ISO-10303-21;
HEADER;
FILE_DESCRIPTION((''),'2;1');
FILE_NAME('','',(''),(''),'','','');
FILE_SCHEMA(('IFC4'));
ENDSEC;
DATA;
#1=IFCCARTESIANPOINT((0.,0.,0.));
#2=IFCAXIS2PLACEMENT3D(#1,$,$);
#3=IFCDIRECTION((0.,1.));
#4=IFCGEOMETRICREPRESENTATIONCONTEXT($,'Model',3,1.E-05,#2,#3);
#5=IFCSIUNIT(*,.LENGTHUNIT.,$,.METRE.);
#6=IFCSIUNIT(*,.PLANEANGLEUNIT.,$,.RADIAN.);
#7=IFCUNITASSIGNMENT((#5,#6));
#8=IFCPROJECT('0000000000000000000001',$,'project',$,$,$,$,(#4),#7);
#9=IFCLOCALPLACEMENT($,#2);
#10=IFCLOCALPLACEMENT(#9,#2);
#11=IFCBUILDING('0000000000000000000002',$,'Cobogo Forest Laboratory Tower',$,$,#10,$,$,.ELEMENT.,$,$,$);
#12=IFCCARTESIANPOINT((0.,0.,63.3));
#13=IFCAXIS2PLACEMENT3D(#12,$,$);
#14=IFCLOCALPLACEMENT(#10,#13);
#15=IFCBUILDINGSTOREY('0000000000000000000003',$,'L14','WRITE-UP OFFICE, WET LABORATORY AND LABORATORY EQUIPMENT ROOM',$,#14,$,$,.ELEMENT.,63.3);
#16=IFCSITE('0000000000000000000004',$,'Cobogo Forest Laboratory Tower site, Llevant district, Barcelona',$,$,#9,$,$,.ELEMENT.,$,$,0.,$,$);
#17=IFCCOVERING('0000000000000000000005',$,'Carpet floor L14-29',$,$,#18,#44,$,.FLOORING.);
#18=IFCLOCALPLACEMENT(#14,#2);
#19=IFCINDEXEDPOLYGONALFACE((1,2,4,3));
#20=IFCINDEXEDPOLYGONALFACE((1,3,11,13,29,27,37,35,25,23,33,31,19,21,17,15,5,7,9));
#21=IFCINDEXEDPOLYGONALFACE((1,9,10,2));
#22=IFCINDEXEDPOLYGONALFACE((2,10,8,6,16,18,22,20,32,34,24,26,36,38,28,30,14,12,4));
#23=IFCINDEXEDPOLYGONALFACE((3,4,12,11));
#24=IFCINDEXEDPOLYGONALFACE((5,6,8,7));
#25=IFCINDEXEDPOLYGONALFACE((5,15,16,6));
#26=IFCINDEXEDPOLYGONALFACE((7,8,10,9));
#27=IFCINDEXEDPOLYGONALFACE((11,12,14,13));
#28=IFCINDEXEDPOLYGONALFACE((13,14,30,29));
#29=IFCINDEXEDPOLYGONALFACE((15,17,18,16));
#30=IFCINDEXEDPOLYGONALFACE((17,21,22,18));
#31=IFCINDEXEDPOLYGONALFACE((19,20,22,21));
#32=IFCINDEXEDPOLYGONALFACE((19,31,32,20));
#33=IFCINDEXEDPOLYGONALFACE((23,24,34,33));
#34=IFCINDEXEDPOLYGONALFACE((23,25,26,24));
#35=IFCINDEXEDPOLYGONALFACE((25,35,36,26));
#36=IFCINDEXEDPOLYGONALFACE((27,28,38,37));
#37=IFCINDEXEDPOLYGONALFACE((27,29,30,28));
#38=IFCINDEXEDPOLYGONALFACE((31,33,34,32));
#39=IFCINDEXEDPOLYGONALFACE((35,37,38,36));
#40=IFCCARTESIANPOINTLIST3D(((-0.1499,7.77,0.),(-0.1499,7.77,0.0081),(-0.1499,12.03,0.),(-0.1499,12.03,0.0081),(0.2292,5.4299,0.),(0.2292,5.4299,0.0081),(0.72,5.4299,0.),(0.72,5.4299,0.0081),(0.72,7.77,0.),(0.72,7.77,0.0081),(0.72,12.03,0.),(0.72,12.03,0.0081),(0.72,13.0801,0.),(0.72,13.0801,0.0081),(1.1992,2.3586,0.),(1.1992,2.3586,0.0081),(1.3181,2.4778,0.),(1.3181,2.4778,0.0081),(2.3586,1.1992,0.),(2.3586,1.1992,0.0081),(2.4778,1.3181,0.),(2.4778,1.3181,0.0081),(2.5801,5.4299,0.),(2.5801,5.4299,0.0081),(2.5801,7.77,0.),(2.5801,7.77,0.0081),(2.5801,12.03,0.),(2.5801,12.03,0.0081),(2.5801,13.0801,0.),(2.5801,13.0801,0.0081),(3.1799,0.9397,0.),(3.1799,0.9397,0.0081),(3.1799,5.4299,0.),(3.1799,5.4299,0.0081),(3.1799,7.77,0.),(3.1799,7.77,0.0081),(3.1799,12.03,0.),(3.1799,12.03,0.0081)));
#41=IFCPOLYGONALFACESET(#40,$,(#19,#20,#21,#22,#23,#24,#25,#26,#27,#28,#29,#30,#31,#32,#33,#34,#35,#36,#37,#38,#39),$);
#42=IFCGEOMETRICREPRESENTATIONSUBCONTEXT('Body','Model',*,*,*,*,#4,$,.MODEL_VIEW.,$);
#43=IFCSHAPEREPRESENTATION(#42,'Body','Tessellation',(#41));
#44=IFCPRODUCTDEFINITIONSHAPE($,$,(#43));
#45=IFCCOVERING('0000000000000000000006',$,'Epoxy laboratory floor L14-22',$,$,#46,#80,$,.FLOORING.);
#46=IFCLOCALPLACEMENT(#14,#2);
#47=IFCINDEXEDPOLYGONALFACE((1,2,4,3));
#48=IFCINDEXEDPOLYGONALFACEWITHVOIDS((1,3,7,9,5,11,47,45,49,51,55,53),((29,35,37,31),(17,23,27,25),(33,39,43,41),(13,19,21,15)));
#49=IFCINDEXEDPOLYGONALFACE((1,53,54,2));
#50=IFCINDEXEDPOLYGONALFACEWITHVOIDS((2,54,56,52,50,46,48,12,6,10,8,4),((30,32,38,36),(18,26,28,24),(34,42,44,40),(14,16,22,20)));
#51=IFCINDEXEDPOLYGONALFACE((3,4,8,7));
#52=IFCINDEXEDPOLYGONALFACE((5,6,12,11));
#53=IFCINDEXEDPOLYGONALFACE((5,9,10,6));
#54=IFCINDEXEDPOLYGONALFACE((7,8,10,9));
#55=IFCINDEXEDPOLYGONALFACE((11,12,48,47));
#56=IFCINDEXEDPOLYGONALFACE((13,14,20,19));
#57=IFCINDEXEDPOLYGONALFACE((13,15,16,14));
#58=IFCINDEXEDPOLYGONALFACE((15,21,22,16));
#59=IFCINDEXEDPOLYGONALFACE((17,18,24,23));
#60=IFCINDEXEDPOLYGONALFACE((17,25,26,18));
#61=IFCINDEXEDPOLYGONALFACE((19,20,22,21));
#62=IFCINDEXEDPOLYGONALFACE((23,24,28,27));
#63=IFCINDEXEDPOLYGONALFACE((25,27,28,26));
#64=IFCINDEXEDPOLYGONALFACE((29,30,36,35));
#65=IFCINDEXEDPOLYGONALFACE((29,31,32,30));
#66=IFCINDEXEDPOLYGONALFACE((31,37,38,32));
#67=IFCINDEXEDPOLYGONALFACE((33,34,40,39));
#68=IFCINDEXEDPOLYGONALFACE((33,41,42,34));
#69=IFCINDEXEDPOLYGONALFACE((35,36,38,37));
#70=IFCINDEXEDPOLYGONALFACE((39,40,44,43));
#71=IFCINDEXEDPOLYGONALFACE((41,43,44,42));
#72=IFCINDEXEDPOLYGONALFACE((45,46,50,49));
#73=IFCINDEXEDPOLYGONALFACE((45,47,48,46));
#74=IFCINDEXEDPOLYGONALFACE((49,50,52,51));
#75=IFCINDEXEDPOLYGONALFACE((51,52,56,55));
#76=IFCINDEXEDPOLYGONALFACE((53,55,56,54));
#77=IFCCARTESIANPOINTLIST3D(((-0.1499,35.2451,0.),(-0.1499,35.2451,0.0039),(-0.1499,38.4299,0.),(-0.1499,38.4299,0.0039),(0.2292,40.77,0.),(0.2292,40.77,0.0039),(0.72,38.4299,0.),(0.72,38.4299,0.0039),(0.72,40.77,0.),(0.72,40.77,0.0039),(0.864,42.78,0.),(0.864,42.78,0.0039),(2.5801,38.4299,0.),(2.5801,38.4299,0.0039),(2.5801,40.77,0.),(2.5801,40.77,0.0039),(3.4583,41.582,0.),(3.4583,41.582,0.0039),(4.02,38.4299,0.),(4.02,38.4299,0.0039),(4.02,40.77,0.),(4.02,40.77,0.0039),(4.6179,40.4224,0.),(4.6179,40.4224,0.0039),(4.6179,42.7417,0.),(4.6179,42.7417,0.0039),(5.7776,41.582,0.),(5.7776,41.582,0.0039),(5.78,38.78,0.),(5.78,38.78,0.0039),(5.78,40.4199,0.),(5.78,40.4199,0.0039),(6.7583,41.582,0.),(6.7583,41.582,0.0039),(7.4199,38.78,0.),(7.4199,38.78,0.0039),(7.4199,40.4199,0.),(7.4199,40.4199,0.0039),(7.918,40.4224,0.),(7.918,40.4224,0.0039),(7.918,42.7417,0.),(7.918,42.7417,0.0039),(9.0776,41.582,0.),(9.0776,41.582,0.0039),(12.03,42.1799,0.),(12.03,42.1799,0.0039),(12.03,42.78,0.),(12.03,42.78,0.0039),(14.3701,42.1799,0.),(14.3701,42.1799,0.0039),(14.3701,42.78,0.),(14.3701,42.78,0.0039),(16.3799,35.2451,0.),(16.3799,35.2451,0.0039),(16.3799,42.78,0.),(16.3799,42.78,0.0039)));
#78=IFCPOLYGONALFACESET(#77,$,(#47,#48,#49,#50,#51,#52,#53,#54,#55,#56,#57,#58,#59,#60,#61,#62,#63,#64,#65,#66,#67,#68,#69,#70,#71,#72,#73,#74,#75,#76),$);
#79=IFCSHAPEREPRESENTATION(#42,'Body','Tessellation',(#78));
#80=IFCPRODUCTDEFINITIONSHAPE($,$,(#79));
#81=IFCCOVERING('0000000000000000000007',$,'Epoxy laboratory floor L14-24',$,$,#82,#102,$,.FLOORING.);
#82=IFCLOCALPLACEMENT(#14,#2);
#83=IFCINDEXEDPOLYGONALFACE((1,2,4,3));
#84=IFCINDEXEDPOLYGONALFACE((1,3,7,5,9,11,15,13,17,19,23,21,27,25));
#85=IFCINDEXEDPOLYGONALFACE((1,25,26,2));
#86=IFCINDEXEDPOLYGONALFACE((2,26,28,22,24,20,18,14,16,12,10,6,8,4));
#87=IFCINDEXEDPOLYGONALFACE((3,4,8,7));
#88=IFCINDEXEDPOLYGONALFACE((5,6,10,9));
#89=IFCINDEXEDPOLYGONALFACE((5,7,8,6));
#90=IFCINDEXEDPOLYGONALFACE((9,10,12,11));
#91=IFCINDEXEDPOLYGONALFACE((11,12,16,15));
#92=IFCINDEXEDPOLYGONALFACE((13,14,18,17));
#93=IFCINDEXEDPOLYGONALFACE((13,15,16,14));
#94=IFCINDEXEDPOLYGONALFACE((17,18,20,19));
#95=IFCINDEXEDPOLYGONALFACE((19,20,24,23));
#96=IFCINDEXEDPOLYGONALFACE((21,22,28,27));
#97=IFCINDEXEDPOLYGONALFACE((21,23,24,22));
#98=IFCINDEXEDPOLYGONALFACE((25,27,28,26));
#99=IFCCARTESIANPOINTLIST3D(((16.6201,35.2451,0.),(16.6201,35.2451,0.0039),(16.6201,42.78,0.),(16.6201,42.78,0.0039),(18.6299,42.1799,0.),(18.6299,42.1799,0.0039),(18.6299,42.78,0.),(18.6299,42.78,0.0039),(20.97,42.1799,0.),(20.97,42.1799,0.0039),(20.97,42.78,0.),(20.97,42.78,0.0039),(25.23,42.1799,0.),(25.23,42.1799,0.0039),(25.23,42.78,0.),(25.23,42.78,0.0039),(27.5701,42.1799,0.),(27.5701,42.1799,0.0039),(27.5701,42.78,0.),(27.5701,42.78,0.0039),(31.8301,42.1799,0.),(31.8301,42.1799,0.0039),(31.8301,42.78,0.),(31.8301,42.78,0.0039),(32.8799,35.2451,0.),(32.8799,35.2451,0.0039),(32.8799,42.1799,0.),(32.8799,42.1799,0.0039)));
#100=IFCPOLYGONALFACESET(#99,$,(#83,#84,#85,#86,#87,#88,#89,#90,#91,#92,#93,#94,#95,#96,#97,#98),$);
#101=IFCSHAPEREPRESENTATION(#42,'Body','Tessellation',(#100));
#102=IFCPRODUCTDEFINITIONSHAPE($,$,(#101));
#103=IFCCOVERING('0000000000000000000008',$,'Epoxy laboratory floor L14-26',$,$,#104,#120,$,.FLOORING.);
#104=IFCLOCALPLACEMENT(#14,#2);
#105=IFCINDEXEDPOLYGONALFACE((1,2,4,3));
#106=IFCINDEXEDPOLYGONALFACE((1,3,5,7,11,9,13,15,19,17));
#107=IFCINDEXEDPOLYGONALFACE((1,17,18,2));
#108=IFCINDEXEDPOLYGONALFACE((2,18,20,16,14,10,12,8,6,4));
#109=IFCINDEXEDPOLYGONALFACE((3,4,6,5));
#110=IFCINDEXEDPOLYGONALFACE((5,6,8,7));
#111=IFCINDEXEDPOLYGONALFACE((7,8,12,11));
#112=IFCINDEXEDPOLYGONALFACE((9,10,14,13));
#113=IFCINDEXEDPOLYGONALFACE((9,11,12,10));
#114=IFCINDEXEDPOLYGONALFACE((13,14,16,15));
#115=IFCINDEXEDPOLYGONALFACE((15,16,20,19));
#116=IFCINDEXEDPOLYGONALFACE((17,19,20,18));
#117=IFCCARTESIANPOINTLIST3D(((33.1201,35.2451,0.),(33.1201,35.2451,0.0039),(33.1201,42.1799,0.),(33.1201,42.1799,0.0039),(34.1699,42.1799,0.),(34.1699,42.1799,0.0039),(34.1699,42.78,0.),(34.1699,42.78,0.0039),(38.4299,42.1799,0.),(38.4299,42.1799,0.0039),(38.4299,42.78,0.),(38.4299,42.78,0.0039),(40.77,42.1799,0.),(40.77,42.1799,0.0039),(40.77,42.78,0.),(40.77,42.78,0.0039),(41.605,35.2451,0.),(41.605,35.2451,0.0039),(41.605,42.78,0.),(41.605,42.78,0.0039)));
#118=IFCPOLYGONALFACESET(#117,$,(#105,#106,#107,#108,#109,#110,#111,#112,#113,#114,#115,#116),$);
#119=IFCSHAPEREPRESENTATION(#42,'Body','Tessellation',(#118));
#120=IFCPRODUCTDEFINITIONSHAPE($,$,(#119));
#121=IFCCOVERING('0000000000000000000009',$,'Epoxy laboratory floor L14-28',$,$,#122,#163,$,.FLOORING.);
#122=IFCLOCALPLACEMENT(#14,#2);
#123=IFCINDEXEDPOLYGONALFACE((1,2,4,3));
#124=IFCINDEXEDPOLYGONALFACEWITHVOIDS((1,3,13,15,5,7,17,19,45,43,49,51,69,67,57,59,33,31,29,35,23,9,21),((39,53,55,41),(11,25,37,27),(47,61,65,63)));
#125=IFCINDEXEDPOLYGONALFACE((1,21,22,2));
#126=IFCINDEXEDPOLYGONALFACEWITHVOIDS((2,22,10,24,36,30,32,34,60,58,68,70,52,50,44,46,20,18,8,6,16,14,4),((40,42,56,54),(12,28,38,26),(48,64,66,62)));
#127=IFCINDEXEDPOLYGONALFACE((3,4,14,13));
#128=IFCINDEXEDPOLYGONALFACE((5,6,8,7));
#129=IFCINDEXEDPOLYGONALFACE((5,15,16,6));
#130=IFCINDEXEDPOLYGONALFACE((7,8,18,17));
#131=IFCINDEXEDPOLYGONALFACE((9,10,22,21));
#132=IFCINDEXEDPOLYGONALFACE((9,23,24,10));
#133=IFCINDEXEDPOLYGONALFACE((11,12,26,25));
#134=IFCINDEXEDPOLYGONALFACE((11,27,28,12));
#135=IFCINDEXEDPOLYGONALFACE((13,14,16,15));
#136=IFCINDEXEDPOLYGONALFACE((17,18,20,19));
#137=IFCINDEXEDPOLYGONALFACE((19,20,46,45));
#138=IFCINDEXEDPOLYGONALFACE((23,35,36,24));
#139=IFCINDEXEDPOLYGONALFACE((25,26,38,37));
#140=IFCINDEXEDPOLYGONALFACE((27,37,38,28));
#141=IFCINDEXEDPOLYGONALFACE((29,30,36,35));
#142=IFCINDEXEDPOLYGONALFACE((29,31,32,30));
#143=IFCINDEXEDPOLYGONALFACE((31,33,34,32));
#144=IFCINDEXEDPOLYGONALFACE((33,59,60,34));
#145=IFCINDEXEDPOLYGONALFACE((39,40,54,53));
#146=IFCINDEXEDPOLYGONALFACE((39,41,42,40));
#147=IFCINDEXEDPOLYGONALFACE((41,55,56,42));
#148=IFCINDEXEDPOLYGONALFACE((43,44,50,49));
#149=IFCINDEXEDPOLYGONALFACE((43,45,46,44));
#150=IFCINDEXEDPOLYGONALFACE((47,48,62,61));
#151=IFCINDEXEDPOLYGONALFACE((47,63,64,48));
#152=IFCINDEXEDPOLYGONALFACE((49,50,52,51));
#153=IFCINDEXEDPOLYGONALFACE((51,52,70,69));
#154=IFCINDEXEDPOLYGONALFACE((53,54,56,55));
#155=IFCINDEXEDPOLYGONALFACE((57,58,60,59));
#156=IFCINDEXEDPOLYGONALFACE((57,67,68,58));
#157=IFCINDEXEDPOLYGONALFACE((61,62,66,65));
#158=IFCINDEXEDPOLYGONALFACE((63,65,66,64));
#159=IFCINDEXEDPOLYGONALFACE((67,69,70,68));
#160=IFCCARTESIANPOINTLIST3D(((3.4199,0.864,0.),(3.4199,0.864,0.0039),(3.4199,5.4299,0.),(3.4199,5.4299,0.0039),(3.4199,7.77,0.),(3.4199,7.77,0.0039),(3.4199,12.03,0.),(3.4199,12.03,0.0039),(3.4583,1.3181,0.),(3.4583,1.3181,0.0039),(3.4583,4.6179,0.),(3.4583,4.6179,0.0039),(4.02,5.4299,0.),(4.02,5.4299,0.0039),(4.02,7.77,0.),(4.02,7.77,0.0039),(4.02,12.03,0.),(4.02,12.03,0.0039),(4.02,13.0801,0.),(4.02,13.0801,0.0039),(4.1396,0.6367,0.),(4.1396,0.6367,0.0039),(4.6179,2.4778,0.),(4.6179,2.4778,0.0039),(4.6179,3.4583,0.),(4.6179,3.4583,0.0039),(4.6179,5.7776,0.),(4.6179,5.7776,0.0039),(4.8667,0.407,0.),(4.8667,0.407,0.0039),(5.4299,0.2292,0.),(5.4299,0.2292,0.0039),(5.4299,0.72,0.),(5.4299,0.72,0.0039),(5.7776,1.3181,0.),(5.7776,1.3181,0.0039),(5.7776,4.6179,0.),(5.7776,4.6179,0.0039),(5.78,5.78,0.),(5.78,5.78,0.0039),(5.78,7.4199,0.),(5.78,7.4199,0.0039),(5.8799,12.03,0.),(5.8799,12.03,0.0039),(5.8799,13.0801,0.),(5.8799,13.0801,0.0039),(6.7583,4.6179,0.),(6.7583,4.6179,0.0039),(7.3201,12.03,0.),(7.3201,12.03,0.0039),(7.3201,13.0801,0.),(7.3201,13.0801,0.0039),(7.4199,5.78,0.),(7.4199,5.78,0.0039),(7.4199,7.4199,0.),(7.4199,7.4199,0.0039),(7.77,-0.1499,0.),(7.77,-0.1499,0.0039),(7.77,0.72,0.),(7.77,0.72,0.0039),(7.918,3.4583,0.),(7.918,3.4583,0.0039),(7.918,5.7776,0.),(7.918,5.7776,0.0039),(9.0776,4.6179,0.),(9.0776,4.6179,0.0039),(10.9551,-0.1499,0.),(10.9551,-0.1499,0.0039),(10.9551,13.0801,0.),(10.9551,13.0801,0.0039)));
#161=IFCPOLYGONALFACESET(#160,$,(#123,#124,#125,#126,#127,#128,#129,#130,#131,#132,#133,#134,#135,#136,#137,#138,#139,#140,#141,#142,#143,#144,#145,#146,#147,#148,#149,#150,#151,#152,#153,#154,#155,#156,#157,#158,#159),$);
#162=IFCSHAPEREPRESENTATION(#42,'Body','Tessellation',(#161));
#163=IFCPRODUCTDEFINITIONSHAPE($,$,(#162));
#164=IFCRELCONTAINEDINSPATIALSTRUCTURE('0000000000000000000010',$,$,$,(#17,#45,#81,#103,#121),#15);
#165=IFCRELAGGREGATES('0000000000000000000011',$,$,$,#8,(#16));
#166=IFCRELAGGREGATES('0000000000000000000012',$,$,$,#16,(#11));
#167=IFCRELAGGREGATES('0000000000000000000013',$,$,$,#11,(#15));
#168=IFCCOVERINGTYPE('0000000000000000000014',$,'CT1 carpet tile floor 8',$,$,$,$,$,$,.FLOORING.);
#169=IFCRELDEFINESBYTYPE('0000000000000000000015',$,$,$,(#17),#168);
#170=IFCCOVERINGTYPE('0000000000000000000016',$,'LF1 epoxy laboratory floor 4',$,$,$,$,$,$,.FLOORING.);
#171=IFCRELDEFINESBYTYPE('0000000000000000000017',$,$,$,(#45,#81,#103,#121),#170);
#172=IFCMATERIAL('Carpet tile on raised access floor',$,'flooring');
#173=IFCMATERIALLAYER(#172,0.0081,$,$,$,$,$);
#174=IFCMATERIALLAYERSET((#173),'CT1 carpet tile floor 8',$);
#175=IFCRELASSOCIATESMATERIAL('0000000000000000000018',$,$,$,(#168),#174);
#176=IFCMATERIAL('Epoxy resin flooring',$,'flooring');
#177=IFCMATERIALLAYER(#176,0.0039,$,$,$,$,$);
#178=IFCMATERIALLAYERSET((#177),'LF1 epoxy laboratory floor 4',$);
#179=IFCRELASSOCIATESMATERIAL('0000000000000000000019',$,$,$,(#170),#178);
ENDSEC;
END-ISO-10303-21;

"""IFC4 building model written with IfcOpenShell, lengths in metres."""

from ifc_helpers import new_model, si_unit, direction, frame, origin, place, context, subcontext, project, spatial, polyline, outline, extrude, material, layer, layer_set, type_object, element, save


model = new_model("IFC4")

# Units and contexts
model_context = context("Model", 3, precision=1e-05, world=origin(), true_north=direction((0.0, 1.0)))
body_context = subcontext(model_context, "Body", "Model", "MODEL_VIEW")
ifc_project = project(units=[si_unit("LENGTHUNIT", "METRE"), si_unit("PLANEANGLEUNIT", "RADIAN")], contexts=[model_context])

# Site, building, storey
site_placement = place(None, origin())
site = spatial("IfcSite", under=ifc_project, at=site_placement, Name="Cobogo Forest Laboratory Tower site, Llevant district, Barcelona", CompositionType="ELEMENT", RefElevation=0.0)
building_placement = place(site_placement, origin())
building = spatial("IfcBuilding", under=site, at=building_placement, Name="Cobogo Forest Laboratory Tower", CompositionType="ELEMENT")
storey_placement = place(building_placement, frame((0.0, 0.0, 63.3)))
storey = spatial("IfcBuildingStorey", under=building, at=storey_placement, Name="L14", Description="WRITE-UP OFFICE, WET LABORATORY AND LABORATORY EQUIPMENT ROOM", CompositionType="ELEMENT", Elevation=63.3)

# Coverings
ifc_material_1 = material(Name="Carpet tile on raised access floor", Category="flooring")
ifc_layer_1 = layer(ifc_material_1, 0.0081)
ifc_layer_set_1 = layer_set([ifc_layer_1], Name="CT1 carpet tile floor 8")
covering_type_1 = type_object("IfcCoveringType", Name="CT1 carpet tile floor 8", PredefinedType="FLOORING", material=ifc_layer_set_1)
covering_1_placement = place(storey_placement, origin())
element("IfcCovering", 1, at=covering_1_placement, inside=storey, type_object=covering_type_1, Name="Carpet floor L14-29", PredefinedType="FLOORING", context=body_context, shape_type="SweptSolid", body=[
    extrude(outline(polyline([(3.1799, 7.77), (2.5801, 7.77), (2.5801, 5.4299), (3.1799, 5.4299), (3.1799, 0.9397), (2.3586, 1.1992), (2.4778, 1.3181), (1.3181, 2.4778), (1.1992, 2.3586), (0.2292, 5.4299), (0.72, 5.4299), (0.72, 7.77), (-0.1499, 7.77), (-0.1499, 12.03), (0.72, 12.03), (0.72, 13.0801), (2.5801, 13.0801), (2.5801, 12.03), (3.1799, 12.03), (3.1799, 7.77)])), origin(), (0.0, 0.0, 1.0), 0.0081),
])
ifc_material_2 = material(Name="Epoxy resin flooring", Category="flooring")
ifc_layer_2 = layer(ifc_material_2, 0.0039)
ifc_layer_set_2 = layer_set([ifc_layer_2], Name="LF1 epoxy laboratory floor 4")
covering_type_2 = type_object("IfcCoveringType", Name="LF1 epoxy laboratory floor 4", PredefinedType="FLOORING", material=ifc_layer_set_2)
covering_2_placement = place(storey_placement, origin())
element("IfcCovering", 2, at=covering_2_placement, inside=storey, type_object=covering_type_2, Name="Epoxy laboratory floor L14-22", PredefinedType="FLOORING", context=body_context, shape_type="SweptSolid", body=[
    extrude(outline(polyline([(16.3799, 35.2451), (-0.1499, 35.2451), (-0.1499, 38.4299), (0.72, 38.4299), (0.72, 40.77), (0.2292, 40.77), (0.864, 42.78), (12.03, 42.78), (12.03, 42.1799), (14.3701, 42.1799), (14.3701, 42.78), (16.3799, 42.78), (16.3799, 35.2451)]), holes=[polyline([(6.7583, 41.582), (7.918, 40.4224), (9.0776, 41.582), (7.918, 42.7417), (6.7583, 41.582)]), polyline([(5.78, 40.4199), (5.78, 38.78), (7.4199, 38.78), (7.4199, 40.4199), (5.78, 40.4199)]), polyline([(3.4583, 41.582), (4.6179, 40.4224), (5.7776, 41.582), (4.6179, 42.7417), (3.4583, 41.582)]), polyline([(2.5801, 38.4299), (4.02, 38.4299), (4.02, 40.77), (2.5801, 40.77), (2.5801, 38.4299)])]), origin(), (0.0, 0.0, 1.0), 0.0039),
])
covering_3_placement = place(storey_placement, origin())
element("IfcCovering", 3, at=covering_3_placement, inside=storey, type_object=covering_type_2, Name="Epoxy laboratory floor L14-24", PredefinedType="FLOORING", context=body_context, shape_type="SweptSolid", body=[
    extrude(outline(polyline([(16.6201, 42.78), (18.6299, 42.78), (18.6299, 42.1799), (20.97, 42.1799), (20.97, 42.78), (25.23, 42.78), (25.23, 42.1799), (27.5701, 42.1799), (27.5701, 42.78), (31.8301, 42.78), (31.8301, 42.1799), (32.8799, 42.1799), (32.8799, 35.2451), (16.6201, 35.2451), (16.6201, 42.78)])), origin(), (0.0, 0.0, 1.0), 0.0039),
])
covering_4_placement = place(storey_placement, origin())
element("IfcCovering", 4, at=covering_4_placement, inside=storey, type_object=covering_type_2, Name="Epoxy laboratory floor L14-26", PredefinedType="FLOORING", context=body_context, shape_type="SweptSolid", body=[
    extrude(outline(polyline([(33.1201, 42.1799), (34.1699, 42.1799), (34.1699, 42.78), (38.4299, 42.78), (38.4299, 42.1799), (40.77, 42.1799), (40.77, 42.78), (41.605, 42.78), (41.605, 35.2451), (33.1201, 35.2451), (33.1201, 42.1799)])), origin(), (0.0, 0.0, 1.0), 0.0039),
])
covering_5_placement = place(storey_placement, origin())
element("IfcCovering", 5, at=covering_5_placement, inside=storey, type_object=covering_type_2, Name="Epoxy laboratory floor L14-28", PredefinedType="FLOORING", context=body_context, shape_type="SweptSolid", body=[
    extrude(outline(polyline([(5.8799, 13.0801), (5.8799, 12.03), (7.3201, 12.03), (7.3201, 13.0801), (10.9551, 13.0801), (10.9551, -0.1499), (7.77, -0.1499), (7.77, 0.72), (5.4299, 0.72), (5.4299, 0.2292), (4.8667, 0.407), (5.7776, 1.3181), (4.6179, 2.4778), (3.4583, 1.3181), (4.1396, 0.6367), (3.4199, 0.864), (3.4199, 5.4299), (4.02, 5.4299), (4.02, 7.77), (3.4199, 7.77), (3.4199, 12.03), (4.02, 12.03), (4.02, 13.0801), (5.8799, 13.0801)]), holes=[polyline([(7.918, 5.7776), (6.7583, 4.6179), (7.918, 3.4583), (9.0776, 4.6179), (7.918, 5.7776)]), polyline([(5.78, 7.4199), (5.78, 5.78), (7.4199, 5.78), (7.4199, 7.4199), (5.78, 7.4199)]), polyline([(3.4583, 4.6179), (4.6179, 3.4583), (5.7776, 4.6179), (4.6179, 5.7776), (3.4583, 4.6179)])]), origin(), (0.0, 0.0, 1.0), 0.0039),
])

save(model, "model.ifc")
